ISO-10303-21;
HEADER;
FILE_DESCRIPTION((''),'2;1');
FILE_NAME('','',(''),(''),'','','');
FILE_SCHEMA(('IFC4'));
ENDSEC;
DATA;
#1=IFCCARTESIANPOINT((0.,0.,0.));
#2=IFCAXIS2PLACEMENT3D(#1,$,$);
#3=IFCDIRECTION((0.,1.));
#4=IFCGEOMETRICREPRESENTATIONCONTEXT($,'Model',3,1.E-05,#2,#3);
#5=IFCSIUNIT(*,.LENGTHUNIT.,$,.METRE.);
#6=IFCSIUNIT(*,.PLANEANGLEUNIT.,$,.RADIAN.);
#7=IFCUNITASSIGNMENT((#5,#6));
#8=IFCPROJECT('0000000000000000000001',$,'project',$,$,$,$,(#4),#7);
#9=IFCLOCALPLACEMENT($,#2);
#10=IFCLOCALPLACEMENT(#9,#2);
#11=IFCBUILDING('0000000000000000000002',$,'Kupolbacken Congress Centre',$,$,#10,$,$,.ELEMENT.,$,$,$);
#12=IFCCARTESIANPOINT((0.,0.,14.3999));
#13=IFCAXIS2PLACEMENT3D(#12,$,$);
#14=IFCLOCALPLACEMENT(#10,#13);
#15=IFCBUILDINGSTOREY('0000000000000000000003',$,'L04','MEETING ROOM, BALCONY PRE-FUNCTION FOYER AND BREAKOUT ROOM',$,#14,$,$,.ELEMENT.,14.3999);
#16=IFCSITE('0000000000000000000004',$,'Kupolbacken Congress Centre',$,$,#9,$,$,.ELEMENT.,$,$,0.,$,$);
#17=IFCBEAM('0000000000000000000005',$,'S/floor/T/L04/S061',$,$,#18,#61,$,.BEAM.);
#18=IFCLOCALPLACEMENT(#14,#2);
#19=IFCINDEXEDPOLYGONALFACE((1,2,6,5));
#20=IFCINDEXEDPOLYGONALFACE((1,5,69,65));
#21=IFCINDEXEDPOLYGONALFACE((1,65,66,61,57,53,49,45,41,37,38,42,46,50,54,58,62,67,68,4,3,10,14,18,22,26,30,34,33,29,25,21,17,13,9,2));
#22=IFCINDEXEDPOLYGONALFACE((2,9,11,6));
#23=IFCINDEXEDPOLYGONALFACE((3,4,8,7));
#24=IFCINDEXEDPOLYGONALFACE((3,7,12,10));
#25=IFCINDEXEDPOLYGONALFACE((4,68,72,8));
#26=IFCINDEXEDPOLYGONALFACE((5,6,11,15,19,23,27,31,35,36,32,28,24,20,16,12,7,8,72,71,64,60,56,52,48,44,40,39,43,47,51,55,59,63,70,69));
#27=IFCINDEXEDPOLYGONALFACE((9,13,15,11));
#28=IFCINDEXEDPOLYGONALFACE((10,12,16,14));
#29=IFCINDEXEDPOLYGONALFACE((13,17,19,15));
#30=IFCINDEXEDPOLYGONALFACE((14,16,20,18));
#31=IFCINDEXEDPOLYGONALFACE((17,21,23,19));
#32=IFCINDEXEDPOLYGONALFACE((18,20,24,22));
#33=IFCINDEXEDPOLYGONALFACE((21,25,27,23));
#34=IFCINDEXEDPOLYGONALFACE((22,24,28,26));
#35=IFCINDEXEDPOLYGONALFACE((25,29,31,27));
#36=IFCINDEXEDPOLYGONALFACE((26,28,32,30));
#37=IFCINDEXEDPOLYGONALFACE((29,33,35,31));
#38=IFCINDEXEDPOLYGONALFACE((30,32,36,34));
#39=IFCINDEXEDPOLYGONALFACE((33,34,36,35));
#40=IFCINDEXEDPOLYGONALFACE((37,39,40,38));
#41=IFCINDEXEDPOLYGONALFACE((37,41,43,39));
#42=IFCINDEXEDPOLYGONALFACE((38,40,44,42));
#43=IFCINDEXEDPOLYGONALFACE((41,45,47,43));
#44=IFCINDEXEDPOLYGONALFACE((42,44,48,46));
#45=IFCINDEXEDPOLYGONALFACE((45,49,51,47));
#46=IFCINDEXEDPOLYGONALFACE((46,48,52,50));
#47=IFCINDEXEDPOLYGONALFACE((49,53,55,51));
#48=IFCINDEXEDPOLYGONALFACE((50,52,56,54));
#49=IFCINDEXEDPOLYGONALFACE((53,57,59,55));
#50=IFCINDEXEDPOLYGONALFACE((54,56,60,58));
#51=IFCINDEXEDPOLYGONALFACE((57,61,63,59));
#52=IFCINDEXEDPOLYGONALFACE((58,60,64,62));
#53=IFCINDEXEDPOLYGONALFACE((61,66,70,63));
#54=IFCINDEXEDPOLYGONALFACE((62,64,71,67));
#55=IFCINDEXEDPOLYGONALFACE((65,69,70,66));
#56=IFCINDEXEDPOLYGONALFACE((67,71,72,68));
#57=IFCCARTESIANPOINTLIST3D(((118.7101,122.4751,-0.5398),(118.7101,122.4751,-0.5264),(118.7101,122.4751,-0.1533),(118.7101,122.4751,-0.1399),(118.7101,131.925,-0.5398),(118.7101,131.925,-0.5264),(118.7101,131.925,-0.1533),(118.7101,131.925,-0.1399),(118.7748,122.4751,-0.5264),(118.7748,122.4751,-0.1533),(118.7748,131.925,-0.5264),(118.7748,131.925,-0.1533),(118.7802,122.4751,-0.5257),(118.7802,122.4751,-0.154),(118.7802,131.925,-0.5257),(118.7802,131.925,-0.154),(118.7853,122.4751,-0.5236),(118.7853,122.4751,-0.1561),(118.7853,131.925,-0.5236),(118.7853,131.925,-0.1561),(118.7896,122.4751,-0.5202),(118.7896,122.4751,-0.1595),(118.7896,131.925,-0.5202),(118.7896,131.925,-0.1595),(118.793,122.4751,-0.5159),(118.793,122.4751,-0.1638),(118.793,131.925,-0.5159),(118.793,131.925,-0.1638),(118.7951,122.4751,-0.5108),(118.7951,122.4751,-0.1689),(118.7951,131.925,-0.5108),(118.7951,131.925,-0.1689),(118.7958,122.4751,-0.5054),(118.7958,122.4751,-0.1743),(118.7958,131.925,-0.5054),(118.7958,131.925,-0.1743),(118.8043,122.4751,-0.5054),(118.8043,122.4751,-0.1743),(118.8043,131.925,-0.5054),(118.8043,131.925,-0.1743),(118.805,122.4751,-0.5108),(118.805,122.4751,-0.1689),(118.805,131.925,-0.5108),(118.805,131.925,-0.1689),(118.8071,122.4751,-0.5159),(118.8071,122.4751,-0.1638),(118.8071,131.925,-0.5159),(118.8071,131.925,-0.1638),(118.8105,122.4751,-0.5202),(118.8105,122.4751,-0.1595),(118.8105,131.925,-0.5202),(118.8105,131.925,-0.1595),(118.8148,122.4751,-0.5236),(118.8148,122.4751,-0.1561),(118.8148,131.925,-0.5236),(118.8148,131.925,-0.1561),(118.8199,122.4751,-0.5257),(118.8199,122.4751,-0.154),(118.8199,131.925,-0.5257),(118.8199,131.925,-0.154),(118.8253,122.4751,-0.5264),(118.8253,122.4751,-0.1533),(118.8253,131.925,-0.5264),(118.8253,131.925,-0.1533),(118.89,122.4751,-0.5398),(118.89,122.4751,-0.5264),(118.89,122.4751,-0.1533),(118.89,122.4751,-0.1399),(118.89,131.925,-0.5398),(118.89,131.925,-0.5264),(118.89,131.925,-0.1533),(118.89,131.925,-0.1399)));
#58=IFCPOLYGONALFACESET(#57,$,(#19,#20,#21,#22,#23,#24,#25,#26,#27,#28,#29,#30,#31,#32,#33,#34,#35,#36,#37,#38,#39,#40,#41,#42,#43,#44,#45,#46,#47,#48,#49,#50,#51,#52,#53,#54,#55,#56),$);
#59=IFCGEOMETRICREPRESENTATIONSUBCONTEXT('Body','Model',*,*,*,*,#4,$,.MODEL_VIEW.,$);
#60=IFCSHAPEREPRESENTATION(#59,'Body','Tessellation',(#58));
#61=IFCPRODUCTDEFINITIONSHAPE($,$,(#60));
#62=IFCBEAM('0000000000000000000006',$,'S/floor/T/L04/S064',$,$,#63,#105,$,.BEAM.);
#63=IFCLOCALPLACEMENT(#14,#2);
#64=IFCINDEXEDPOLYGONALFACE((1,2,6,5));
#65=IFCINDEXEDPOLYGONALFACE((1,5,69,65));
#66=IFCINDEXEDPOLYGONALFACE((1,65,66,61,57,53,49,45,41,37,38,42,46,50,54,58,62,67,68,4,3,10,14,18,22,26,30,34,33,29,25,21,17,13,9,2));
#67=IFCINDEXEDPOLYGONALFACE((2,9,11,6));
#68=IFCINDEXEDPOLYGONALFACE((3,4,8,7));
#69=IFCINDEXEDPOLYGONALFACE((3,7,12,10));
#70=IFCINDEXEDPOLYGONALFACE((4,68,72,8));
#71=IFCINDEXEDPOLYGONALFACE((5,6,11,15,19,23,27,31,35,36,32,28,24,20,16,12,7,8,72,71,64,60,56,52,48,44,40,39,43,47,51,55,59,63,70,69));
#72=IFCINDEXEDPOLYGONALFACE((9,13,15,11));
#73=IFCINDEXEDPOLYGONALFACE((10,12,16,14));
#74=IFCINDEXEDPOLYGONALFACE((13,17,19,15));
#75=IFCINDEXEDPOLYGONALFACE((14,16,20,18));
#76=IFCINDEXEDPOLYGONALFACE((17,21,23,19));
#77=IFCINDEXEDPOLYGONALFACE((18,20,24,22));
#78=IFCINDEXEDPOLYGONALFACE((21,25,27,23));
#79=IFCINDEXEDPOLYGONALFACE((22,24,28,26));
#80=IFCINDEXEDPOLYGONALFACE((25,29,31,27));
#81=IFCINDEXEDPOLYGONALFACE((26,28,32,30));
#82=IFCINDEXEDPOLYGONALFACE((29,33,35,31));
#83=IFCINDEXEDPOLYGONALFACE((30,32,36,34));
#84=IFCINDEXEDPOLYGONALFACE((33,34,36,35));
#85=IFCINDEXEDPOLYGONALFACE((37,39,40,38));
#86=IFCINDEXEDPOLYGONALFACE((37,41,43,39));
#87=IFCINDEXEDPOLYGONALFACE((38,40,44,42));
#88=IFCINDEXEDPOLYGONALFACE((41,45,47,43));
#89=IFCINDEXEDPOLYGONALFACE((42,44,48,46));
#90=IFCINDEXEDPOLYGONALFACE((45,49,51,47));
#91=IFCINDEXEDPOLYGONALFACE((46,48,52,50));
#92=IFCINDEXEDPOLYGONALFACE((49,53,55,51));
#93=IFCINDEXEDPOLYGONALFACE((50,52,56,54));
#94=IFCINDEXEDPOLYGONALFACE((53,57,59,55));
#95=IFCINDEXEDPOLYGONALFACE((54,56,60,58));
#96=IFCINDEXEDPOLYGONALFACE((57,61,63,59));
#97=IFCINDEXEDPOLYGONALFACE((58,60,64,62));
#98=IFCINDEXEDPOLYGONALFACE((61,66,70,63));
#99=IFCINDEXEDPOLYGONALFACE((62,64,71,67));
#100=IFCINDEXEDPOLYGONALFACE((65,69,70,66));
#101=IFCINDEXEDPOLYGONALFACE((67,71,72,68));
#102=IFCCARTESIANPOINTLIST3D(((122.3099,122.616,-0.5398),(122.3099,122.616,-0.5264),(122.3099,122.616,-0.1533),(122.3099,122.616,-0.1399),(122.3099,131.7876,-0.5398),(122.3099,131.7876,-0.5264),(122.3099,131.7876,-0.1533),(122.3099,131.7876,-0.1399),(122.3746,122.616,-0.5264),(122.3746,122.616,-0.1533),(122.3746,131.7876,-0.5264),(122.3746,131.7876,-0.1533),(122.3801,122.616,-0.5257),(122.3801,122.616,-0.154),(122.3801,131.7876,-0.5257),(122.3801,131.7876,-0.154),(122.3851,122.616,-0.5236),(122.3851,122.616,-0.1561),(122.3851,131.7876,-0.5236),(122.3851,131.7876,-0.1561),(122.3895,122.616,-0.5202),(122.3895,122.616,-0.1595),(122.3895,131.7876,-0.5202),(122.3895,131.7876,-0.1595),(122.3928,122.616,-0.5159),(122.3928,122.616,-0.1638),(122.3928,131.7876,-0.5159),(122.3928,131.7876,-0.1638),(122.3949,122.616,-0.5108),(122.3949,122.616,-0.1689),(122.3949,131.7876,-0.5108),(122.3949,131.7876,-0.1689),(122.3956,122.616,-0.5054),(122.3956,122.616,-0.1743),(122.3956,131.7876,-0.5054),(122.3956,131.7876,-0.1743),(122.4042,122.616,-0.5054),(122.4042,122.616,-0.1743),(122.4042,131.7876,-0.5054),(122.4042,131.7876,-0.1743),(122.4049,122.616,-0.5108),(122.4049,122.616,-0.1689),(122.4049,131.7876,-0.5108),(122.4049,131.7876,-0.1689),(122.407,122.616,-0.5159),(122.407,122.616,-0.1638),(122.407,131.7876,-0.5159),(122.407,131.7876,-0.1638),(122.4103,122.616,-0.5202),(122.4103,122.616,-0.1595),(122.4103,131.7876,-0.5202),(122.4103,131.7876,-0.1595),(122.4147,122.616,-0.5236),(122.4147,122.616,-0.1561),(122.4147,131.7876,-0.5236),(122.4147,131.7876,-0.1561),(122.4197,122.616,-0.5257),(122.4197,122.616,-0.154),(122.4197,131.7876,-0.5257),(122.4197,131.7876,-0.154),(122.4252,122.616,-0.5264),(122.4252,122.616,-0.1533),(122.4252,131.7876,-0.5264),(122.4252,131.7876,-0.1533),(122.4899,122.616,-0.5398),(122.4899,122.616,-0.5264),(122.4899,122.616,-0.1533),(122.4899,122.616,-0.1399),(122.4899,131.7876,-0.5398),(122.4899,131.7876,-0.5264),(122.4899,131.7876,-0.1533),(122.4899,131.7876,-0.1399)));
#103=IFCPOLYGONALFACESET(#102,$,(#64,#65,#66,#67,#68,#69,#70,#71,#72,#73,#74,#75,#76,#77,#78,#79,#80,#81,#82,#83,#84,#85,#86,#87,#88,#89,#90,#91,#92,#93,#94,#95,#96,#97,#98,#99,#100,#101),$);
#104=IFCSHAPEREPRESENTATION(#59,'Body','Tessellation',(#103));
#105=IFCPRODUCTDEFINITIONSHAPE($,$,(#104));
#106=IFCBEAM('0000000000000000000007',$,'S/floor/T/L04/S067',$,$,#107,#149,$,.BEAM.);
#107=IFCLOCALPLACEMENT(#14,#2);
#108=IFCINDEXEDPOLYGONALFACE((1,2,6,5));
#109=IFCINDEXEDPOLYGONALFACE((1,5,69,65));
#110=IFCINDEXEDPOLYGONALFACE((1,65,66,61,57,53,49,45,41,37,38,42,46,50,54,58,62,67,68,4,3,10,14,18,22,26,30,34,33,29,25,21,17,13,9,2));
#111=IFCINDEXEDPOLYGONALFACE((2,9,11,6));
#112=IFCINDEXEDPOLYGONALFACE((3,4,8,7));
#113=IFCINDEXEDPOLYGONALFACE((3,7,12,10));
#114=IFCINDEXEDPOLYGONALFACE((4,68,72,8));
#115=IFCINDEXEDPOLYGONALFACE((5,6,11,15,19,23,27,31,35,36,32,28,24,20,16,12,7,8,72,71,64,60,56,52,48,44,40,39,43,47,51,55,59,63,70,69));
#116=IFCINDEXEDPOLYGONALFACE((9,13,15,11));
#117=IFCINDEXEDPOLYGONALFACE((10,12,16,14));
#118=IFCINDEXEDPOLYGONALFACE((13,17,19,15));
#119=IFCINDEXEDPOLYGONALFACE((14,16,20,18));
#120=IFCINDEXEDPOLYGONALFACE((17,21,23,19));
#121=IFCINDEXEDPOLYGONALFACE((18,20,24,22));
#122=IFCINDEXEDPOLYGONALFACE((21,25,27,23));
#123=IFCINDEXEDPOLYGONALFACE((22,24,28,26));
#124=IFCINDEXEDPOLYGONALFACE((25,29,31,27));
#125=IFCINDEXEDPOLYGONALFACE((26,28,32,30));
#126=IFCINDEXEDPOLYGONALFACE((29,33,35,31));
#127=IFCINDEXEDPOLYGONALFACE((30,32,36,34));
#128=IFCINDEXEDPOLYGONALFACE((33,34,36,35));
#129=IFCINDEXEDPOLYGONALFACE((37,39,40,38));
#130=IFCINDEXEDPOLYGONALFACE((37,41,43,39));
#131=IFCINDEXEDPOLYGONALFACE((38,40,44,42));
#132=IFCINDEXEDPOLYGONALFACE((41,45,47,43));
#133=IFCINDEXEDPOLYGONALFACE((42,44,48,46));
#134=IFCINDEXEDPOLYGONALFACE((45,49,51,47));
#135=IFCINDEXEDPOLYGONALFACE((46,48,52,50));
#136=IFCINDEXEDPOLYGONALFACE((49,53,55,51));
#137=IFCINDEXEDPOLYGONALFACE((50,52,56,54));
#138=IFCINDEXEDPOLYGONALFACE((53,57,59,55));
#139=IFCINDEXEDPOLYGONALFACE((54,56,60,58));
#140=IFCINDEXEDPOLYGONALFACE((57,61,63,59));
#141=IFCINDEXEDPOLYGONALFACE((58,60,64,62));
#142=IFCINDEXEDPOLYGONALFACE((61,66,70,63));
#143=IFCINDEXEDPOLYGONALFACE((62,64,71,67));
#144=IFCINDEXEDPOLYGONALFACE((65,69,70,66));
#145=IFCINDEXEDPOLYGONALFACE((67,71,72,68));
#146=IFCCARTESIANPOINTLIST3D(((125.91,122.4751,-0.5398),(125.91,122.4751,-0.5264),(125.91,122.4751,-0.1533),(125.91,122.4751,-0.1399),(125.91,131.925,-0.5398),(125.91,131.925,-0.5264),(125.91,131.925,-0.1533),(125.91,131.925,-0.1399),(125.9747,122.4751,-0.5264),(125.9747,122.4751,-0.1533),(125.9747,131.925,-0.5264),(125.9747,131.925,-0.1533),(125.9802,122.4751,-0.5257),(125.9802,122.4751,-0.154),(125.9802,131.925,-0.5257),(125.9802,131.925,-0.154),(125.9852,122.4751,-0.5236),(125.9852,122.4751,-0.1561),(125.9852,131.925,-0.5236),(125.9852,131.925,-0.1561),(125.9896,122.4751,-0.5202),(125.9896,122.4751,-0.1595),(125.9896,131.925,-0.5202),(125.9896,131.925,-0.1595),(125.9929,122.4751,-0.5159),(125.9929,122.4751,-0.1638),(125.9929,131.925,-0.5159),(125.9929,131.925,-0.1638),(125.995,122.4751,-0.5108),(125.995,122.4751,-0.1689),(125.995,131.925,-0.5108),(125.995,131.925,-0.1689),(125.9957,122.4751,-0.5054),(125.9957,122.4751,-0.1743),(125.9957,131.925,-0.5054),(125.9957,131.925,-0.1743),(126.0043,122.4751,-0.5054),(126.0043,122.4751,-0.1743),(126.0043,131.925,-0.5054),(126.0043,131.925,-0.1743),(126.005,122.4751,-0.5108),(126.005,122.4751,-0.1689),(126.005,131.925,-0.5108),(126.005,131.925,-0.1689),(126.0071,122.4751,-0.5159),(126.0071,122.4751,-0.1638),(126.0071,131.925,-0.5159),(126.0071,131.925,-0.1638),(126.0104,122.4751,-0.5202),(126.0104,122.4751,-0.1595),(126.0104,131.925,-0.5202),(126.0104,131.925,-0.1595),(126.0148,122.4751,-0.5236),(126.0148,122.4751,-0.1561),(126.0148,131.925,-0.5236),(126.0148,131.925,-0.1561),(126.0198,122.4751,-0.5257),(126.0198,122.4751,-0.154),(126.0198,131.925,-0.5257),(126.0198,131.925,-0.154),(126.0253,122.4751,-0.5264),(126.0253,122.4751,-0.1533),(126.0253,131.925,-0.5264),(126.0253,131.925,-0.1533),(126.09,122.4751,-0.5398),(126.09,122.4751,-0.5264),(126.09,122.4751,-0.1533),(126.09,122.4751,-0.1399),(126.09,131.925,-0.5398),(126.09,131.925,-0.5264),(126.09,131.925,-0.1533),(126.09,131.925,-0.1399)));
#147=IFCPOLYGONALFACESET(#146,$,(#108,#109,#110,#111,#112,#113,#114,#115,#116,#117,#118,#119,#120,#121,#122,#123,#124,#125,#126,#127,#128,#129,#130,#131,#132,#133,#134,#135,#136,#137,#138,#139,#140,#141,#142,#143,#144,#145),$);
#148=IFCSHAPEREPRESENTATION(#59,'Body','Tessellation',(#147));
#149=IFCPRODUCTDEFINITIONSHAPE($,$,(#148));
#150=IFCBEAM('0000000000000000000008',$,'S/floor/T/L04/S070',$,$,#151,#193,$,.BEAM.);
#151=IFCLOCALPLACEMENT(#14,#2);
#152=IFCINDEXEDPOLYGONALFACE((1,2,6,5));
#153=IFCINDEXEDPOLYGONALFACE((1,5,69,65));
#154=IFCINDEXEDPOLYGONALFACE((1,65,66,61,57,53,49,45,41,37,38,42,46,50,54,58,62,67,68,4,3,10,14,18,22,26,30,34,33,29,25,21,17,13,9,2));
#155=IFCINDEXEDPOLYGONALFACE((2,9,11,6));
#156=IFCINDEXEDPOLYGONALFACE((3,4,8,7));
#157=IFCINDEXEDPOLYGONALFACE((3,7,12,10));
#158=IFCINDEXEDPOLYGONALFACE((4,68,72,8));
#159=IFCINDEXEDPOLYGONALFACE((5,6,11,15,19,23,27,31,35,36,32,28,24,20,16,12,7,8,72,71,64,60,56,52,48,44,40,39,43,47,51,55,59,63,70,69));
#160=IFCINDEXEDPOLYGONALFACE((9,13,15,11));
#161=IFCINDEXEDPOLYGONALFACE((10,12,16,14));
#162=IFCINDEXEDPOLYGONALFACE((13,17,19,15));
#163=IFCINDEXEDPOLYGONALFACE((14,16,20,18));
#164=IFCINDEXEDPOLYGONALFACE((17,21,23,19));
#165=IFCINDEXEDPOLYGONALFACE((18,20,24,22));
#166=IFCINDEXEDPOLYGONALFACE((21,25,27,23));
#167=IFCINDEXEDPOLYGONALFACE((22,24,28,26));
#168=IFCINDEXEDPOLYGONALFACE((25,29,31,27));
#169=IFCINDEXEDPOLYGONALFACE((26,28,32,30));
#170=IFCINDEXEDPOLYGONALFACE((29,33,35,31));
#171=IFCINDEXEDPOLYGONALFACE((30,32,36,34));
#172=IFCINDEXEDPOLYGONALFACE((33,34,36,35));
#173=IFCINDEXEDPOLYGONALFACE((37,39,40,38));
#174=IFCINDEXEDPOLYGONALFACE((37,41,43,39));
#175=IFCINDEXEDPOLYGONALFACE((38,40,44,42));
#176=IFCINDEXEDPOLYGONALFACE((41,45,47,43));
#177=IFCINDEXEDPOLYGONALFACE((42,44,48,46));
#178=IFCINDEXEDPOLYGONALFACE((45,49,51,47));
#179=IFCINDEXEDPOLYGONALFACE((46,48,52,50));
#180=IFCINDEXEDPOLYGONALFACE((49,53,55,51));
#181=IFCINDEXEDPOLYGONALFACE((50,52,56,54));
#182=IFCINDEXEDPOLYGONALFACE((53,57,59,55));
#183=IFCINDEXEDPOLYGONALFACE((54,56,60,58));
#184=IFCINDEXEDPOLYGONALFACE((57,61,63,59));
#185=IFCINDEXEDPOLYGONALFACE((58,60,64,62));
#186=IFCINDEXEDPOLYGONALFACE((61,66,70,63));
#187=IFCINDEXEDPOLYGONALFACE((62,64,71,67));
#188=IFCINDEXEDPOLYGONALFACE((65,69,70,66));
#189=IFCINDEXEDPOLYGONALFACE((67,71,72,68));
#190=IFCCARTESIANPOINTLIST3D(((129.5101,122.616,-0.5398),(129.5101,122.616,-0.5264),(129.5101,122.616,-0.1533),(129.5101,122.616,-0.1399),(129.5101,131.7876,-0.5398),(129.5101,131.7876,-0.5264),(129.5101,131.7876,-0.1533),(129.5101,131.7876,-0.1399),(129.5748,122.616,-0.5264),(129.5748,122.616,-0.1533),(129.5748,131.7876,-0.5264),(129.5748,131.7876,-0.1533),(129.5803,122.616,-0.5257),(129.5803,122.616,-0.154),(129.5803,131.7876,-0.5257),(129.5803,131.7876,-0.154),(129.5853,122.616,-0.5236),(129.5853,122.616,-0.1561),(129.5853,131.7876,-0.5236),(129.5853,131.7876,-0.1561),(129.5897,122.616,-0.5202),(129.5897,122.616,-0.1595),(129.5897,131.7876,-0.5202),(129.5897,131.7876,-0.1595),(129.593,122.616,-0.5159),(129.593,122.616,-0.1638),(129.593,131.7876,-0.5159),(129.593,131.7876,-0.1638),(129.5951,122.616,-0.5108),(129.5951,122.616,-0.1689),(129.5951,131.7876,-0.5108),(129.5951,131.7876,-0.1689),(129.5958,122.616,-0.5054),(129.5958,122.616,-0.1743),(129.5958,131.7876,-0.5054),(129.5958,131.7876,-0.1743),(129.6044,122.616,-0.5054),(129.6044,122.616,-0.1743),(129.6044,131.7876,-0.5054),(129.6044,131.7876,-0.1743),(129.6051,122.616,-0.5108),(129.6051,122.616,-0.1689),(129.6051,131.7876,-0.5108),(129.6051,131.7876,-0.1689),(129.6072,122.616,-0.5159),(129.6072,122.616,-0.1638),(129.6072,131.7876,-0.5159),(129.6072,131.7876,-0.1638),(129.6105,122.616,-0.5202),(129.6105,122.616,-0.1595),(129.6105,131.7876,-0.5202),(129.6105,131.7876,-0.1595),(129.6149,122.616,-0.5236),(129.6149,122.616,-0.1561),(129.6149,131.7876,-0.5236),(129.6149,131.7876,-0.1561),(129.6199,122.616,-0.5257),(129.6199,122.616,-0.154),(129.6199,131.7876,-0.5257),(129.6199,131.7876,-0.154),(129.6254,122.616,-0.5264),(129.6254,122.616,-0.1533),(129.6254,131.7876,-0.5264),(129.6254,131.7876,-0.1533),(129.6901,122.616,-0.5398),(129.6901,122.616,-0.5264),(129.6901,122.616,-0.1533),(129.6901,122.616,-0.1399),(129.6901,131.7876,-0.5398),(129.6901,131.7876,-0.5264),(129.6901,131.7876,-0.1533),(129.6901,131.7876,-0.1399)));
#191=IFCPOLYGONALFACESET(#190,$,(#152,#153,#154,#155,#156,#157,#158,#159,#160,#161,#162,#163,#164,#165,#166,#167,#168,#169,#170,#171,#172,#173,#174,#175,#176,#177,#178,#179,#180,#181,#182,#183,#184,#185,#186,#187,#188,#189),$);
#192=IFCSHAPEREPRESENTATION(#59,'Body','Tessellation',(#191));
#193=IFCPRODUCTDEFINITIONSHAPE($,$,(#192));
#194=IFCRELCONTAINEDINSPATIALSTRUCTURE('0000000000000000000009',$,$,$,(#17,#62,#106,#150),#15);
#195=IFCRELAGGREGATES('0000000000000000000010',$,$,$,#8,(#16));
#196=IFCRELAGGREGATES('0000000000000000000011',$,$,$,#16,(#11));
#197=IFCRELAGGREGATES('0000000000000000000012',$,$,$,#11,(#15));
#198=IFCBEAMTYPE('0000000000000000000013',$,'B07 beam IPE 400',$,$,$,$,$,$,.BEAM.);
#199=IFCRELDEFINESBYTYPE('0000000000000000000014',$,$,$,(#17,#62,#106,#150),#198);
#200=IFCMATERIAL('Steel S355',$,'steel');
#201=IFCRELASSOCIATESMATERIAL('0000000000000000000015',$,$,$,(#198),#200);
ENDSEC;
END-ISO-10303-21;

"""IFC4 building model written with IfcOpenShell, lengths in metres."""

from ifc_helpers import new_model, si_unit, direction, frame, origin, origin_2d, place, context, subcontext, project, spatial, i_section, extrude, material, material_profile, profile_set, type_object, element, save


model = new_model("IFC4")

# Units and contexts
model_context = context("Model", 3, precision=1e-05, world=origin(), true_north=direction((0.0, 1.0)))
body_context = subcontext(model_context, "Body", "Model", "MODEL_VIEW")
ifc_project = project(units=[si_unit("LENGTHUNIT", "METRE"), si_unit("PLANEANGLEUNIT", "RADIAN")], contexts=[model_context])

# Site, building, storey
site_placement = place(None, origin())
site = spatial("IfcSite", under=ifc_project, at=site_placement, Name="Kupolbacken Congress Centre", CompositionType="ELEMENT", RefElevation=0.0)
building_placement = place(site_placement, origin())
building = spatial("IfcBuilding", under=site, at=building_placement, Name="Kupolbacken Congress Centre", CompositionType="ELEMENT")
storey_placement = place(building_placement, frame((0.0, 0.0, 14.3999)))
storey = spatial("IfcBuildingStorey", under=building, at=storey_placement, Name="L04", Description="MEETING ROOM, BALCONY PRE-FUNCTION FOYER AND BREAKOUT ROOM", CompositionType="ELEMENT", Elevation=14.3999)

# Beams
ifc_material_1 = material(Name="Steel S355", Category="steel")
ifc_material_profile_1 = material_profile(ifc_material_1, i_section(OverallWidth=0.1799, OverallDepth=0.3999, WebThickness=0.0085, FlangeThickness=0.0134, FilletRadius=0.021, at=origin_2d()), Name="IPE 400")
ifc_profile_set_1 = profile_set([ifc_material_profile_1], Name="Steel S355")
beam_type_1 = type_object("IfcBeamType", Name="B07 beam IPE 400", PredefinedType="BEAM", material=ifc_profile_set_1)
beam_1_placement = place(storey_placement, frame((118.8, 122.4751, -0.3398), z_axis=(0.0, 1.0, 0.0), x_axis=(-1.0, 0.0, 0.0)))
element("IfcBeam", 1, at=beam_1_placement, inside=storey, type_object=beam_type_1, Name="S/floor/T/L04/S061", PredefinedType="BEAM", context=body_context, shape_type="SweptSolid", body=[
    extrude(i_section(OverallWidth=0.1799, OverallDepth=0.3999, WebThickness=0.0085, FlangeThickness=0.0134, FilletRadius=0.021, at=origin_2d()), origin(), (0.0, 0.0, 1.0), 9.45),
])
beam_2_placement = place(storey_placement, frame((122.3999, 122.616, -0.3398), z_axis=(0.0, 1.0, 0.0), x_axis=(-1.0, 0.0, 0.0)))
element("IfcBeam", 2, at=beam_2_placement, inside=storey, type_object=beam_type_1, Name="S/floor/T/L04/S064", PredefinedType="BEAM", context=body_context, shape_type="SweptSolid", body=[
    extrude(i_section(OverallWidth=0.1799, OverallDepth=0.3999, WebThickness=0.0085, FlangeThickness=0.0134, FilletRadius=0.021, at=origin_2d()), origin(), (0.0, 0.0, 1.0), 9.1716),
])
beam_3_placement = place(storey_placement, frame((126.0, 122.4751, -0.3398), z_axis=(0.0, 1.0, 0.0), x_axis=(-1.0, 0.0, 0.0)))
element("IfcBeam", 3, at=beam_3_placement, inside=storey, type_object=beam_type_1, Name="S/floor/T/L04/S067", PredefinedType="BEAM", context=body_context, shape_type="SweptSolid", body=[
    extrude(i_section(OverallWidth=0.1799, OverallDepth=0.3999, WebThickness=0.0085, FlangeThickness=0.0134, FilletRadius=0.021, at=origin_2d()), origin(), (0.0, 0.0, 1.0), 9.45),
])
beam_4_placement = place(storey_placement, frame((129.6001, 122.616, -0.3398), z_axis=(0.0, 1.0, 0.0), x_axis=(-1.0, 0.0, 0.0)))
element("IfcBeam", 4, at=beam_4_placement, inside=storey, type_object=beam_type_1, Name="S/floor/T/L04/S070", PredefinedType="BEAM", context=body_context, shape_type="SweptSolid", body=[
    extrude(i_section(OverallWidth=0.1799, OverallDepth=0.3999, WebThickness=0.0085, FlangeThickness=0.0134, FilletRadius=0.021, at=origin_2d()), origin(), (0.0, 0.0, 1.0), 9.1716),
])

save(model, "model.ifc")
